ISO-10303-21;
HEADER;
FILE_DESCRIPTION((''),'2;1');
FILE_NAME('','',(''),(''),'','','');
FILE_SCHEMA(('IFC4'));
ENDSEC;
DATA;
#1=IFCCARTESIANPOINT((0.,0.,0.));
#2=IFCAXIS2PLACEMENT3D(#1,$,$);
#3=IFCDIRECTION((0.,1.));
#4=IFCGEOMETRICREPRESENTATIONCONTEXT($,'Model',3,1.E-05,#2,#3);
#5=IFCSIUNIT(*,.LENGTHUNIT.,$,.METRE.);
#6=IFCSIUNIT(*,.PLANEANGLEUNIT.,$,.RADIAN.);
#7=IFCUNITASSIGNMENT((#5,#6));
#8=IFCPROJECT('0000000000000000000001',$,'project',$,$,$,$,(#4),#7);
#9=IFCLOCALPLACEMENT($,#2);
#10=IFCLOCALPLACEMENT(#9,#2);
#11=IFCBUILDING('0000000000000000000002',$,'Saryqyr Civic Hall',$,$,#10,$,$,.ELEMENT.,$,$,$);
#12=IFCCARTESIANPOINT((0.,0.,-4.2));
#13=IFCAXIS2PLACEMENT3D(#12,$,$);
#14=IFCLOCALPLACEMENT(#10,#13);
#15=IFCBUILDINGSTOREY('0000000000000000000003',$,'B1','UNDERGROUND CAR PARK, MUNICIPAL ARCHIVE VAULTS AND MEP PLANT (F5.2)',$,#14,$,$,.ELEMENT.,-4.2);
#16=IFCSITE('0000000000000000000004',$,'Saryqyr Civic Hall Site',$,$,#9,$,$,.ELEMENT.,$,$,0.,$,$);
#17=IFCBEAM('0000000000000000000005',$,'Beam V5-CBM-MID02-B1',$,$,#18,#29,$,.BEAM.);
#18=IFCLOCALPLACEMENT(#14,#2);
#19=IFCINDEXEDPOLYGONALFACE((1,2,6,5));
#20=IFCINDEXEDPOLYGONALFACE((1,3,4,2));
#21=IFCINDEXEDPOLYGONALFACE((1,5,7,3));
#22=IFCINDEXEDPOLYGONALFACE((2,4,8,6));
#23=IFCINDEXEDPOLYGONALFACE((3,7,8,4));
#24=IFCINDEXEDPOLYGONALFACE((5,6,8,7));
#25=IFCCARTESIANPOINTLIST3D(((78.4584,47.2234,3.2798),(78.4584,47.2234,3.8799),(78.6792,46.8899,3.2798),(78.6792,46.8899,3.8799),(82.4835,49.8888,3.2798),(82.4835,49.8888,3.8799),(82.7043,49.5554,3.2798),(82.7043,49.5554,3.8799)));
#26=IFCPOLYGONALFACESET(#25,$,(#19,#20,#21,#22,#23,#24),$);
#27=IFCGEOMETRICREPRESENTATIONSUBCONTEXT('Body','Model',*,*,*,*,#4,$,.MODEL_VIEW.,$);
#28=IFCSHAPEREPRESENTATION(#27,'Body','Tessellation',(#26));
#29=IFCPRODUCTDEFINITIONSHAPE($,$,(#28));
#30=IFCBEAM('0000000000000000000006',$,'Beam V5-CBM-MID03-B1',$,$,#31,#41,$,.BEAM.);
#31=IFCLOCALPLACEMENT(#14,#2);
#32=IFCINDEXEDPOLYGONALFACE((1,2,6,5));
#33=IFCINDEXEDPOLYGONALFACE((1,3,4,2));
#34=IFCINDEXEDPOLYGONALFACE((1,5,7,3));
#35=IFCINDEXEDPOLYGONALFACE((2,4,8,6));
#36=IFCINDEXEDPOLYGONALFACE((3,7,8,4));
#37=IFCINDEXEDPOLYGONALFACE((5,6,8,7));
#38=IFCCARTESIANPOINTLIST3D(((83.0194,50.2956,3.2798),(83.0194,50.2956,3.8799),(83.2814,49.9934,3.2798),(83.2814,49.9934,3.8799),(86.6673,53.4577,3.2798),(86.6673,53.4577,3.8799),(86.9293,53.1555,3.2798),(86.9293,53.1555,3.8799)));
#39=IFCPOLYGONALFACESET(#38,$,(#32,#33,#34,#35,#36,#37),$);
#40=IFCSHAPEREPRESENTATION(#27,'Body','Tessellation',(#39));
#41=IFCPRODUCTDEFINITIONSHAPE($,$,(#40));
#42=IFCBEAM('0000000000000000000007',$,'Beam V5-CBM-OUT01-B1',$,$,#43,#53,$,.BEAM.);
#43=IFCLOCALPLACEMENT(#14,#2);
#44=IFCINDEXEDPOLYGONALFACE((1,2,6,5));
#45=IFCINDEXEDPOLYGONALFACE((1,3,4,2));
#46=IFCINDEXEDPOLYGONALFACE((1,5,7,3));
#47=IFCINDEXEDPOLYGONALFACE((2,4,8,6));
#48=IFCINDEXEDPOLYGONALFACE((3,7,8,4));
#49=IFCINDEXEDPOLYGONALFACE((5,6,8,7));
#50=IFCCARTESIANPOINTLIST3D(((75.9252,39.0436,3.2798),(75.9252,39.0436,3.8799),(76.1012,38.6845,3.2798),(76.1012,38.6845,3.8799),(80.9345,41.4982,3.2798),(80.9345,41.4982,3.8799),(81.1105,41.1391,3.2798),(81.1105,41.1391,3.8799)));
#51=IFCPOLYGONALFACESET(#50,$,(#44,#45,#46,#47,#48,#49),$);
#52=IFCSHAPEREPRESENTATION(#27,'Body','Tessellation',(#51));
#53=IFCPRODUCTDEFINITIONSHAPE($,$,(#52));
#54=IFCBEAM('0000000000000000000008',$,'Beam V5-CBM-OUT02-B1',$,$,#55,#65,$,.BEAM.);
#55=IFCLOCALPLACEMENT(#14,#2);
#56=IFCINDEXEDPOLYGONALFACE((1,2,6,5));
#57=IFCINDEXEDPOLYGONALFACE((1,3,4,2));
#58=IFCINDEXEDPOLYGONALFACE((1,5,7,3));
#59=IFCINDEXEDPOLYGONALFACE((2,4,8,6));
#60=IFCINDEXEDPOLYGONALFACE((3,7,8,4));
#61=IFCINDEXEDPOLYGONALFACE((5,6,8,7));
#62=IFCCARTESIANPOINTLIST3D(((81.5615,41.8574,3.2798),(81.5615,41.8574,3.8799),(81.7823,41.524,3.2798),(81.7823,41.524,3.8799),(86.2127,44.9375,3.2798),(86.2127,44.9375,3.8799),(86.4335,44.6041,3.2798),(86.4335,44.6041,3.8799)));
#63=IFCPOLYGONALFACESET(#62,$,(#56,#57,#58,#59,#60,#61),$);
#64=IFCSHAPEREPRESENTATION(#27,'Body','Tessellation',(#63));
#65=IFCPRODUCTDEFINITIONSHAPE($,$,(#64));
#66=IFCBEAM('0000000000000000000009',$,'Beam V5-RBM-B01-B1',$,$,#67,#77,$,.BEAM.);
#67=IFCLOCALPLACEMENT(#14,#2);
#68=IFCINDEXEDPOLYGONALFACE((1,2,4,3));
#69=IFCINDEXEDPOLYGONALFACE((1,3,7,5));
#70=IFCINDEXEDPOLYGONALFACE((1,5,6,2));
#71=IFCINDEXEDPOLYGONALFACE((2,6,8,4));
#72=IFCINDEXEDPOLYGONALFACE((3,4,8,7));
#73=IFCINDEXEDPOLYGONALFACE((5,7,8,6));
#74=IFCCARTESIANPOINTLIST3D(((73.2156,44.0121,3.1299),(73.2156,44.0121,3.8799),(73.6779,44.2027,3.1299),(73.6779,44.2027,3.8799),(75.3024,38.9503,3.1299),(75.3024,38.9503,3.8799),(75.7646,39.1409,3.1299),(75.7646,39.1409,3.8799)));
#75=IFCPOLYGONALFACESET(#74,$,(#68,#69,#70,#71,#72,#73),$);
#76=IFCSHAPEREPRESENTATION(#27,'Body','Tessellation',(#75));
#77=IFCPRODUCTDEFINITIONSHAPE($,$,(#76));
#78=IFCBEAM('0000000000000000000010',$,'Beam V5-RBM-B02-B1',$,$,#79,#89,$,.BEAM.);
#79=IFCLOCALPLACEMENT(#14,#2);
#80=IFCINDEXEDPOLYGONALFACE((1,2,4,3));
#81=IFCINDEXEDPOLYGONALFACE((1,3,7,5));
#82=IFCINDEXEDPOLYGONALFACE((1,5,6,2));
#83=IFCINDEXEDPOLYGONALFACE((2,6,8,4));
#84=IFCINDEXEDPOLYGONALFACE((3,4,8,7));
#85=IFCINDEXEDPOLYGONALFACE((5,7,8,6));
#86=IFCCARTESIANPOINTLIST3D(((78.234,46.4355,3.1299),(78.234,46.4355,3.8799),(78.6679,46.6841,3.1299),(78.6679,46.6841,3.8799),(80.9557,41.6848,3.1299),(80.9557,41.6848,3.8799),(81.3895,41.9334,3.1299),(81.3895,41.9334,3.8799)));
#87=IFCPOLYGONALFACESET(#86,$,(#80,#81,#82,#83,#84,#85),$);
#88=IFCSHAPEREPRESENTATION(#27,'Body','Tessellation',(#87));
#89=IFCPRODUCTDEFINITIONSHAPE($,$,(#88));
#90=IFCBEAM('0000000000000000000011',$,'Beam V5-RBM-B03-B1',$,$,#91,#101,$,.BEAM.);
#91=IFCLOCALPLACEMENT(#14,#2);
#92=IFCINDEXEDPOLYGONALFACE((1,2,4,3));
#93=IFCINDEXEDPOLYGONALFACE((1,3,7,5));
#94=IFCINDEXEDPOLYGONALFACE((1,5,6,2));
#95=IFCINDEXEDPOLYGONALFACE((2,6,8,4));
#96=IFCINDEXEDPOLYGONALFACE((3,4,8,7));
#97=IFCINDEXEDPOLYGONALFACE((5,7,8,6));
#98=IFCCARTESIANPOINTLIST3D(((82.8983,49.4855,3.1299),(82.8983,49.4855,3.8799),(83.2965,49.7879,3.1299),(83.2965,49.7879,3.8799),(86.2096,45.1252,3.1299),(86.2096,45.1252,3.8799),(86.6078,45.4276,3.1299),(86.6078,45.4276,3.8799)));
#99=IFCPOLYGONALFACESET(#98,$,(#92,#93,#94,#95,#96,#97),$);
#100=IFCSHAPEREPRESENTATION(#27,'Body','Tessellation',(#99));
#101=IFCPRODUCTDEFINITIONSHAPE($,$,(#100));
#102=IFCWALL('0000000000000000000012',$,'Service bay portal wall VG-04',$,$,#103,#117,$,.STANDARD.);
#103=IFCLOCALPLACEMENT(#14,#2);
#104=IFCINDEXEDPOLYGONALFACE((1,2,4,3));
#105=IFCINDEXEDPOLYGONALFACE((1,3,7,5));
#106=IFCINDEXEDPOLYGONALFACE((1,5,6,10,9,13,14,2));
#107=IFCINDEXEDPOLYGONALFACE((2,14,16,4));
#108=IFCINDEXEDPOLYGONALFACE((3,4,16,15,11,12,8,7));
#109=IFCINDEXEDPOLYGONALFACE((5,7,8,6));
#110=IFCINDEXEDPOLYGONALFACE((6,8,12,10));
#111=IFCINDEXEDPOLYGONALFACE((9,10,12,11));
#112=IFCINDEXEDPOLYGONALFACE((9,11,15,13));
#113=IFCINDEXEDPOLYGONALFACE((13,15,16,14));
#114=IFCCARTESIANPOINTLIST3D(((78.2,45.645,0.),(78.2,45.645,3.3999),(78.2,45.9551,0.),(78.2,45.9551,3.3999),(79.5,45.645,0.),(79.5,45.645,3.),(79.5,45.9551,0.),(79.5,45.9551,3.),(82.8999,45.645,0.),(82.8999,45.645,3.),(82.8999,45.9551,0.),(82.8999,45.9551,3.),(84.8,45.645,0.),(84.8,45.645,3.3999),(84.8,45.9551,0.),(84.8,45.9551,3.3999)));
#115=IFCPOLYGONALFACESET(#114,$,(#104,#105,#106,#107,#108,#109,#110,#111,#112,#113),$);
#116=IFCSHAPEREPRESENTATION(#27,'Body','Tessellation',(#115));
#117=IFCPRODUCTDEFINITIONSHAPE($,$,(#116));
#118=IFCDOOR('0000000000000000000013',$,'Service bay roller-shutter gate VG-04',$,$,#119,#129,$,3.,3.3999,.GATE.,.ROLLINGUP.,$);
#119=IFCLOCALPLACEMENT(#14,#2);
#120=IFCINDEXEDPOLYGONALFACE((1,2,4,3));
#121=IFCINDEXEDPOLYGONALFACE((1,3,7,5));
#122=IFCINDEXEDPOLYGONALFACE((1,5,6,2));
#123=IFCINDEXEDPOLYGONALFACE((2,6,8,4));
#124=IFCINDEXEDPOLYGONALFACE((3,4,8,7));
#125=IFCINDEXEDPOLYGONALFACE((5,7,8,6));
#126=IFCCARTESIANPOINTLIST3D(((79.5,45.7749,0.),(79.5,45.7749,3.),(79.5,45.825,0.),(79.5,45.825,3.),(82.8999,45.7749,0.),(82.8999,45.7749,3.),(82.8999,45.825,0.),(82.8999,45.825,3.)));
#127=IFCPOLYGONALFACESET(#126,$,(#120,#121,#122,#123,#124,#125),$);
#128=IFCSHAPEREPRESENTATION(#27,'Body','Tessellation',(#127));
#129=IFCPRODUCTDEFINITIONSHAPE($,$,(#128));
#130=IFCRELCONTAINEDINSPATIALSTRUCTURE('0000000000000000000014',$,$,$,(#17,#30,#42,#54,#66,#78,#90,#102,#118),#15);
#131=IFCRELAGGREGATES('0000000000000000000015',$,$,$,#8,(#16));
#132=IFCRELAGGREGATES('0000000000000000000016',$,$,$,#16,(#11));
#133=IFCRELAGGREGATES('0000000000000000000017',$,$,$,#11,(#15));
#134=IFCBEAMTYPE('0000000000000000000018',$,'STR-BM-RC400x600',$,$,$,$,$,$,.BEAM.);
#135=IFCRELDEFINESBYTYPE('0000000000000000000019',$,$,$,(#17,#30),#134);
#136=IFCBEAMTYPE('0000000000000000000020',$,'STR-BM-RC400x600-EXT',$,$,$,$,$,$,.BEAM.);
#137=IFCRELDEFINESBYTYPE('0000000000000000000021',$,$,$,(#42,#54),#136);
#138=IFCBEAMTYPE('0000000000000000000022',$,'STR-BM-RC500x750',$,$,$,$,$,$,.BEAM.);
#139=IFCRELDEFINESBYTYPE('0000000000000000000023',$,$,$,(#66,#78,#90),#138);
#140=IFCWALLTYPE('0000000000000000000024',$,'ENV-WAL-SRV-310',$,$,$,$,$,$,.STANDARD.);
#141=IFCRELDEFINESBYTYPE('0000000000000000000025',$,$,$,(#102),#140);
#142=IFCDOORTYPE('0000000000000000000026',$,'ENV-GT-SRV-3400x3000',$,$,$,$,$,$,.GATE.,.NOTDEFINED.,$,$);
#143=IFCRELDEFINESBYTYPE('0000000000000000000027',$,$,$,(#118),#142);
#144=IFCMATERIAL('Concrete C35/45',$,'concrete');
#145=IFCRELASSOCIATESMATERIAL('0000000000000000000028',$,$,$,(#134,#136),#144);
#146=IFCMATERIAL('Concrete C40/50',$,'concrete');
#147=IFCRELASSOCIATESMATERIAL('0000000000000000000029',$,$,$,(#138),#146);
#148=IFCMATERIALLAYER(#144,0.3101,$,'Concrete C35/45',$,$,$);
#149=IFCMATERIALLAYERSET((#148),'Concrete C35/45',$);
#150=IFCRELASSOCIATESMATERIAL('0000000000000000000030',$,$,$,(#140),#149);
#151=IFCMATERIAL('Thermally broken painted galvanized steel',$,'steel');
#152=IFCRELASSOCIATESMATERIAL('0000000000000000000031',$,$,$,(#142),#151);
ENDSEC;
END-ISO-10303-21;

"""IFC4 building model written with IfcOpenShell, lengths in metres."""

from ifc_helpers import new_model, si_unit, direction, frame, frame_2d, origin, origin_2d, place, context, subcontext, project, spatial, rectangle, extrude, material, layer, layer_set, material_profile, profile_set, type_object, element, fill, save


model = new_model("IFC4")

# Units and contexts
model_context = context("Model", 3, precision=1e-05, world=origin(), true_north=direction((0.0, 1.0)))
body_context = subcontext(model_context, "Body", "Model", "MODEL_VIEW")
ifc_project = project(units=[si_unit("LENGTHUNIT", "METRE"), si_unit("PLANEANGLEUNIT", "RADIAN")], contexts=[model_context])

# Site, building, storey
site_placement = place(None, origin())
site = spatial("IfcSite", under=ifc_project, at=site_placement, Name="Saryqyr Civic Hall Site", CompositionType="ELEMENT", RefElevation=0.0)
building_placement = place(site_placement, origin())
building = spatial("IfcBuilding", under=site, at=building_placement, Name="Saryqyr Civic Hall", CompositionType="ELEMENT")
storey_placement = place(building_placement, frame((0.0, 0.0, -4.2)))
storey = spatial("IfcBuildingStorey", under=building, at=storey_placement, Name="B1", Description="UNDERGROUND CAR PARK, MUNICIPAL ARCHIVE VAULTS AND MEP PLANT (F5.2)", CompositionType="ELEMENT", Elevation=-4.2)

# Shared definitions
ifc_material_1 = material(Name="Concrete C35/45", Category="concrete")

# Shared definitions
ifc_material_2 = material(Name="Concrete C40/50", Category="concrete")

# Beams
ifc_material_profile_1 = material_profile(ifc_material_1, rectangle(XDim=0.3999, YDim=0.6001, at=origin_2d()), Name="RC 400x600")
ifc_profile_set_1 = profile_set([ifc_material_profile_1], Name="Concrete C35/45")
beam_type_1 = type_object("IfcBeamType", Name="STR-BM-RC400x600", PredefinedType="BEAM", material=ifc_profile_set_1)
for number, where, z_axis, x_axis, name in (
    (1, (78.5688, 47.0566, 3.5798), (0.833758, 0.55213, 0.0), (-0.55213, 0.833758, 0.0), "Beam V5-CBM-MID02-B1"),
    (2, (83.1504, 50.1445, 3.5798), (0.755632, 0.654996, 0.0), (-0.654996, 0.755632, 0.0), "Beam V5-CBM-MID03-B1"),
):
    element("IfcBeam", number, at=place(storey_placement, frame(where, z_axis=z_axis, x_axis=x_axis)), inside=storey, type_object=beam_type_1, Name=name, PredefinedType="BEAM", context=body_context, shape_type="SweptSolid", body=[
        extrude(rectangle(XDim=0.3999, YDim=0.6001, at=origin_2d()), origin(), (0.0, 0.0, 1.0), 4.8276),
    ])
ifc_material_profile_2 = material_profile(ifc_material_1, rectangle(XDim=0.3999, YDim=0.6001, at=origin_2d()), Name="RC 400x600")
ifc_profile_set_2 = profile_set([ifc_material_profile_2], Name="Concrete C35/45")
beam_type_2 = type_object("IfcBeamType", Name="STR-BM-RC400x600-EXT", PredefinedType="BEAM", material=ifc_profile_set_2)
beam_1_placement = place(storey_placement, frame((76.0132, 38.864, 3.5798), z_axis=(0.897987, 0.440022, 0.0), x_axis=(-0.440022, 0.897987, 0.0)))
element("IfcBeam", 3, at=beam_1_placement, inside=storey, type_object=beam_type_2, Name="Beam V5-CBM-OUT01-B1", PredefinedType="BEAM", context=body_context, shape_type="SweptSolid", body=[
    extrude(rectangle(XDim=0.3999, YDim=0.6001, at=origin_2d()), origin(), (0.0, 0.0, 1.0), 5.5784),
])
beam_2_placement = place(storey_placement, frame((81.6719, 41.6907, 3.5798), z_axis=(0.833757, 0.552132, 0.0), x_axis=(-0.552132, 0.833757, 0.0)))
element("IfcBeam", 4, at=beam_2_placement, inside=storey, type_object=beam_type_2, Name="Beam V5-CBM-OUT02-B1", PredefinedType="BEAM", context=body_context, shape_type="SweptSolid", body=[
    extrude(rectangle(XDim=0.3999, YDim=0.6001, at=origin_2d()), origin(), (0.0, 0.0, 1.0), 5.5786),
])
ifc_material_profile_3 = material_profile(ifc_material_2, rectangle(XDim=0.5, YDim=0.75, at=origin_2d()), Name="RC 500x750")
ifc_profile_set_3 = profile_set([ifc_material_profile_3], Name="Concrete C40/50")
beam_type_3 = type_object("IfcBeamType", Name="STR-BM-RC500x750", PredefinedType="BEAM", material=ifc_profile_set_3)
for number, where, z_axis, x_axis, name in (
    (5, (73.4468, 44.1074, 3.5049), (0.381127, -0.924523, 0.0), (0.924523, 0.381127, 0.0), "Beam V5-RBM-B01-B1"),
    (6, (78.4509, 46.5598, 3.5049), (0.497099, -0.867694, 0.0), (0.867694, 0.497099, 0.0), "Beam V5-RBM-B02-B1"),
    (7, (83.0974, 49.6367, 3.5049), (0.604784, -0.79639, 0.0), (0.79639, 0.604784, 0.0), "Beam V5-RBM-B03-B1"),
):
    element("IfcBeam", number, at=place(storey_placement, frame(where, z_axis=z_axis, x_axis=x_axis)), inside=storey, type_object=beam_type_3, Name=name, PredefinedType="BEAM", context=body_context, shape_type="SweptSolid", body=[
        extrude(rectangle(XDim=0.5, YDim=0.75, at=origin_2d()), origin(), (0.0, 0.0, 1.0), 5.4751),
    ])

# Wall, opening, door
ifc_layer = layer(ifc_material_1, 0.3101, Name="Concrete C35/45")
ifc_layer_set = layer_set([ifc_layer], Name="Concrete C35/45")
wall_type = type_object("IfcWallType", Name="ENV-WAL-SRV-310", PredefinedType="STANDARD", material=ifc_layer_set)
wall_placement = place(storey_placement, frame((78.2, 45.8, 0.0), z_axis=(0.0, 0.0, 1.0), x_axis=(1.0, 0.0, 0.0)))
wall = element("IfcWall", 8, at=wall_placement, inside=storey, type_object=wall_type, Name="Service bay portal wall VG-04", PredefinedType="STANDARD", context=body_context, shape_type="SweptSolid", body=[
    extrude(rectangle(XDim=6.6001, YDim=0.3101, at=frame_2d((3.3, 0.0))), origin(), (0.0, 0.0, 1.0), 3.3999),
])
opening_placement = place(wall_placement, frame((1.3, 0.0, 0.0)))
opening = element("IfcOpeningElement", 9, at=opening_placement, cuts=wall, PredefinedType="OPENING", context=body_context, shape_type="SweptSolid", body=[
    extrude(rectangle(XDim=3.3999, YDim=3.0, at=frame_2d((1.7, 1.5))), frame((0.0, 0.165, 0.0), z_axis=(0.0, -1.0, 0.0), x_axis=(1.0, 0.0, 0.0)), (0.0, 0.0, 1.0), 0.3301),
])
ifc_material_3 = material(Name="Thermally broken painted galvanized steel", Category="steel")
door_type = type_object("IfcDoorType", Name="ENV-GT-SRV-3400x3000", OperationType="NOTDEFINED", PredefinedType="GATE", material=ifc_material_3)
door_placement = place(opening_placement, origin())
door = element("IfcDoor", 10, at=door_placement, inside=storey, type_object=door_type, Name="Service bay roller-shutter gate VG-04", OperationType="ROLLINGUP", OverallHeight=3.0, OverallWidth=3.3999, PredefinedType="GATE", context=body_context, shape_type="SweptSolid", body=[
    extrude(rectangle(XDim=3.3999, YDim=3.0, at=frame_2d((1.7, 1.5))), frame((0.0, 0.0249, 0.0), z_axis=(0.0, -1.0, 0.0), x_axis=(1.0, 0.0, 0.0)), (0.0, 0.0, 1.0), 0.05),
])
fill(opening, door)

save(model, "model.ifc")
